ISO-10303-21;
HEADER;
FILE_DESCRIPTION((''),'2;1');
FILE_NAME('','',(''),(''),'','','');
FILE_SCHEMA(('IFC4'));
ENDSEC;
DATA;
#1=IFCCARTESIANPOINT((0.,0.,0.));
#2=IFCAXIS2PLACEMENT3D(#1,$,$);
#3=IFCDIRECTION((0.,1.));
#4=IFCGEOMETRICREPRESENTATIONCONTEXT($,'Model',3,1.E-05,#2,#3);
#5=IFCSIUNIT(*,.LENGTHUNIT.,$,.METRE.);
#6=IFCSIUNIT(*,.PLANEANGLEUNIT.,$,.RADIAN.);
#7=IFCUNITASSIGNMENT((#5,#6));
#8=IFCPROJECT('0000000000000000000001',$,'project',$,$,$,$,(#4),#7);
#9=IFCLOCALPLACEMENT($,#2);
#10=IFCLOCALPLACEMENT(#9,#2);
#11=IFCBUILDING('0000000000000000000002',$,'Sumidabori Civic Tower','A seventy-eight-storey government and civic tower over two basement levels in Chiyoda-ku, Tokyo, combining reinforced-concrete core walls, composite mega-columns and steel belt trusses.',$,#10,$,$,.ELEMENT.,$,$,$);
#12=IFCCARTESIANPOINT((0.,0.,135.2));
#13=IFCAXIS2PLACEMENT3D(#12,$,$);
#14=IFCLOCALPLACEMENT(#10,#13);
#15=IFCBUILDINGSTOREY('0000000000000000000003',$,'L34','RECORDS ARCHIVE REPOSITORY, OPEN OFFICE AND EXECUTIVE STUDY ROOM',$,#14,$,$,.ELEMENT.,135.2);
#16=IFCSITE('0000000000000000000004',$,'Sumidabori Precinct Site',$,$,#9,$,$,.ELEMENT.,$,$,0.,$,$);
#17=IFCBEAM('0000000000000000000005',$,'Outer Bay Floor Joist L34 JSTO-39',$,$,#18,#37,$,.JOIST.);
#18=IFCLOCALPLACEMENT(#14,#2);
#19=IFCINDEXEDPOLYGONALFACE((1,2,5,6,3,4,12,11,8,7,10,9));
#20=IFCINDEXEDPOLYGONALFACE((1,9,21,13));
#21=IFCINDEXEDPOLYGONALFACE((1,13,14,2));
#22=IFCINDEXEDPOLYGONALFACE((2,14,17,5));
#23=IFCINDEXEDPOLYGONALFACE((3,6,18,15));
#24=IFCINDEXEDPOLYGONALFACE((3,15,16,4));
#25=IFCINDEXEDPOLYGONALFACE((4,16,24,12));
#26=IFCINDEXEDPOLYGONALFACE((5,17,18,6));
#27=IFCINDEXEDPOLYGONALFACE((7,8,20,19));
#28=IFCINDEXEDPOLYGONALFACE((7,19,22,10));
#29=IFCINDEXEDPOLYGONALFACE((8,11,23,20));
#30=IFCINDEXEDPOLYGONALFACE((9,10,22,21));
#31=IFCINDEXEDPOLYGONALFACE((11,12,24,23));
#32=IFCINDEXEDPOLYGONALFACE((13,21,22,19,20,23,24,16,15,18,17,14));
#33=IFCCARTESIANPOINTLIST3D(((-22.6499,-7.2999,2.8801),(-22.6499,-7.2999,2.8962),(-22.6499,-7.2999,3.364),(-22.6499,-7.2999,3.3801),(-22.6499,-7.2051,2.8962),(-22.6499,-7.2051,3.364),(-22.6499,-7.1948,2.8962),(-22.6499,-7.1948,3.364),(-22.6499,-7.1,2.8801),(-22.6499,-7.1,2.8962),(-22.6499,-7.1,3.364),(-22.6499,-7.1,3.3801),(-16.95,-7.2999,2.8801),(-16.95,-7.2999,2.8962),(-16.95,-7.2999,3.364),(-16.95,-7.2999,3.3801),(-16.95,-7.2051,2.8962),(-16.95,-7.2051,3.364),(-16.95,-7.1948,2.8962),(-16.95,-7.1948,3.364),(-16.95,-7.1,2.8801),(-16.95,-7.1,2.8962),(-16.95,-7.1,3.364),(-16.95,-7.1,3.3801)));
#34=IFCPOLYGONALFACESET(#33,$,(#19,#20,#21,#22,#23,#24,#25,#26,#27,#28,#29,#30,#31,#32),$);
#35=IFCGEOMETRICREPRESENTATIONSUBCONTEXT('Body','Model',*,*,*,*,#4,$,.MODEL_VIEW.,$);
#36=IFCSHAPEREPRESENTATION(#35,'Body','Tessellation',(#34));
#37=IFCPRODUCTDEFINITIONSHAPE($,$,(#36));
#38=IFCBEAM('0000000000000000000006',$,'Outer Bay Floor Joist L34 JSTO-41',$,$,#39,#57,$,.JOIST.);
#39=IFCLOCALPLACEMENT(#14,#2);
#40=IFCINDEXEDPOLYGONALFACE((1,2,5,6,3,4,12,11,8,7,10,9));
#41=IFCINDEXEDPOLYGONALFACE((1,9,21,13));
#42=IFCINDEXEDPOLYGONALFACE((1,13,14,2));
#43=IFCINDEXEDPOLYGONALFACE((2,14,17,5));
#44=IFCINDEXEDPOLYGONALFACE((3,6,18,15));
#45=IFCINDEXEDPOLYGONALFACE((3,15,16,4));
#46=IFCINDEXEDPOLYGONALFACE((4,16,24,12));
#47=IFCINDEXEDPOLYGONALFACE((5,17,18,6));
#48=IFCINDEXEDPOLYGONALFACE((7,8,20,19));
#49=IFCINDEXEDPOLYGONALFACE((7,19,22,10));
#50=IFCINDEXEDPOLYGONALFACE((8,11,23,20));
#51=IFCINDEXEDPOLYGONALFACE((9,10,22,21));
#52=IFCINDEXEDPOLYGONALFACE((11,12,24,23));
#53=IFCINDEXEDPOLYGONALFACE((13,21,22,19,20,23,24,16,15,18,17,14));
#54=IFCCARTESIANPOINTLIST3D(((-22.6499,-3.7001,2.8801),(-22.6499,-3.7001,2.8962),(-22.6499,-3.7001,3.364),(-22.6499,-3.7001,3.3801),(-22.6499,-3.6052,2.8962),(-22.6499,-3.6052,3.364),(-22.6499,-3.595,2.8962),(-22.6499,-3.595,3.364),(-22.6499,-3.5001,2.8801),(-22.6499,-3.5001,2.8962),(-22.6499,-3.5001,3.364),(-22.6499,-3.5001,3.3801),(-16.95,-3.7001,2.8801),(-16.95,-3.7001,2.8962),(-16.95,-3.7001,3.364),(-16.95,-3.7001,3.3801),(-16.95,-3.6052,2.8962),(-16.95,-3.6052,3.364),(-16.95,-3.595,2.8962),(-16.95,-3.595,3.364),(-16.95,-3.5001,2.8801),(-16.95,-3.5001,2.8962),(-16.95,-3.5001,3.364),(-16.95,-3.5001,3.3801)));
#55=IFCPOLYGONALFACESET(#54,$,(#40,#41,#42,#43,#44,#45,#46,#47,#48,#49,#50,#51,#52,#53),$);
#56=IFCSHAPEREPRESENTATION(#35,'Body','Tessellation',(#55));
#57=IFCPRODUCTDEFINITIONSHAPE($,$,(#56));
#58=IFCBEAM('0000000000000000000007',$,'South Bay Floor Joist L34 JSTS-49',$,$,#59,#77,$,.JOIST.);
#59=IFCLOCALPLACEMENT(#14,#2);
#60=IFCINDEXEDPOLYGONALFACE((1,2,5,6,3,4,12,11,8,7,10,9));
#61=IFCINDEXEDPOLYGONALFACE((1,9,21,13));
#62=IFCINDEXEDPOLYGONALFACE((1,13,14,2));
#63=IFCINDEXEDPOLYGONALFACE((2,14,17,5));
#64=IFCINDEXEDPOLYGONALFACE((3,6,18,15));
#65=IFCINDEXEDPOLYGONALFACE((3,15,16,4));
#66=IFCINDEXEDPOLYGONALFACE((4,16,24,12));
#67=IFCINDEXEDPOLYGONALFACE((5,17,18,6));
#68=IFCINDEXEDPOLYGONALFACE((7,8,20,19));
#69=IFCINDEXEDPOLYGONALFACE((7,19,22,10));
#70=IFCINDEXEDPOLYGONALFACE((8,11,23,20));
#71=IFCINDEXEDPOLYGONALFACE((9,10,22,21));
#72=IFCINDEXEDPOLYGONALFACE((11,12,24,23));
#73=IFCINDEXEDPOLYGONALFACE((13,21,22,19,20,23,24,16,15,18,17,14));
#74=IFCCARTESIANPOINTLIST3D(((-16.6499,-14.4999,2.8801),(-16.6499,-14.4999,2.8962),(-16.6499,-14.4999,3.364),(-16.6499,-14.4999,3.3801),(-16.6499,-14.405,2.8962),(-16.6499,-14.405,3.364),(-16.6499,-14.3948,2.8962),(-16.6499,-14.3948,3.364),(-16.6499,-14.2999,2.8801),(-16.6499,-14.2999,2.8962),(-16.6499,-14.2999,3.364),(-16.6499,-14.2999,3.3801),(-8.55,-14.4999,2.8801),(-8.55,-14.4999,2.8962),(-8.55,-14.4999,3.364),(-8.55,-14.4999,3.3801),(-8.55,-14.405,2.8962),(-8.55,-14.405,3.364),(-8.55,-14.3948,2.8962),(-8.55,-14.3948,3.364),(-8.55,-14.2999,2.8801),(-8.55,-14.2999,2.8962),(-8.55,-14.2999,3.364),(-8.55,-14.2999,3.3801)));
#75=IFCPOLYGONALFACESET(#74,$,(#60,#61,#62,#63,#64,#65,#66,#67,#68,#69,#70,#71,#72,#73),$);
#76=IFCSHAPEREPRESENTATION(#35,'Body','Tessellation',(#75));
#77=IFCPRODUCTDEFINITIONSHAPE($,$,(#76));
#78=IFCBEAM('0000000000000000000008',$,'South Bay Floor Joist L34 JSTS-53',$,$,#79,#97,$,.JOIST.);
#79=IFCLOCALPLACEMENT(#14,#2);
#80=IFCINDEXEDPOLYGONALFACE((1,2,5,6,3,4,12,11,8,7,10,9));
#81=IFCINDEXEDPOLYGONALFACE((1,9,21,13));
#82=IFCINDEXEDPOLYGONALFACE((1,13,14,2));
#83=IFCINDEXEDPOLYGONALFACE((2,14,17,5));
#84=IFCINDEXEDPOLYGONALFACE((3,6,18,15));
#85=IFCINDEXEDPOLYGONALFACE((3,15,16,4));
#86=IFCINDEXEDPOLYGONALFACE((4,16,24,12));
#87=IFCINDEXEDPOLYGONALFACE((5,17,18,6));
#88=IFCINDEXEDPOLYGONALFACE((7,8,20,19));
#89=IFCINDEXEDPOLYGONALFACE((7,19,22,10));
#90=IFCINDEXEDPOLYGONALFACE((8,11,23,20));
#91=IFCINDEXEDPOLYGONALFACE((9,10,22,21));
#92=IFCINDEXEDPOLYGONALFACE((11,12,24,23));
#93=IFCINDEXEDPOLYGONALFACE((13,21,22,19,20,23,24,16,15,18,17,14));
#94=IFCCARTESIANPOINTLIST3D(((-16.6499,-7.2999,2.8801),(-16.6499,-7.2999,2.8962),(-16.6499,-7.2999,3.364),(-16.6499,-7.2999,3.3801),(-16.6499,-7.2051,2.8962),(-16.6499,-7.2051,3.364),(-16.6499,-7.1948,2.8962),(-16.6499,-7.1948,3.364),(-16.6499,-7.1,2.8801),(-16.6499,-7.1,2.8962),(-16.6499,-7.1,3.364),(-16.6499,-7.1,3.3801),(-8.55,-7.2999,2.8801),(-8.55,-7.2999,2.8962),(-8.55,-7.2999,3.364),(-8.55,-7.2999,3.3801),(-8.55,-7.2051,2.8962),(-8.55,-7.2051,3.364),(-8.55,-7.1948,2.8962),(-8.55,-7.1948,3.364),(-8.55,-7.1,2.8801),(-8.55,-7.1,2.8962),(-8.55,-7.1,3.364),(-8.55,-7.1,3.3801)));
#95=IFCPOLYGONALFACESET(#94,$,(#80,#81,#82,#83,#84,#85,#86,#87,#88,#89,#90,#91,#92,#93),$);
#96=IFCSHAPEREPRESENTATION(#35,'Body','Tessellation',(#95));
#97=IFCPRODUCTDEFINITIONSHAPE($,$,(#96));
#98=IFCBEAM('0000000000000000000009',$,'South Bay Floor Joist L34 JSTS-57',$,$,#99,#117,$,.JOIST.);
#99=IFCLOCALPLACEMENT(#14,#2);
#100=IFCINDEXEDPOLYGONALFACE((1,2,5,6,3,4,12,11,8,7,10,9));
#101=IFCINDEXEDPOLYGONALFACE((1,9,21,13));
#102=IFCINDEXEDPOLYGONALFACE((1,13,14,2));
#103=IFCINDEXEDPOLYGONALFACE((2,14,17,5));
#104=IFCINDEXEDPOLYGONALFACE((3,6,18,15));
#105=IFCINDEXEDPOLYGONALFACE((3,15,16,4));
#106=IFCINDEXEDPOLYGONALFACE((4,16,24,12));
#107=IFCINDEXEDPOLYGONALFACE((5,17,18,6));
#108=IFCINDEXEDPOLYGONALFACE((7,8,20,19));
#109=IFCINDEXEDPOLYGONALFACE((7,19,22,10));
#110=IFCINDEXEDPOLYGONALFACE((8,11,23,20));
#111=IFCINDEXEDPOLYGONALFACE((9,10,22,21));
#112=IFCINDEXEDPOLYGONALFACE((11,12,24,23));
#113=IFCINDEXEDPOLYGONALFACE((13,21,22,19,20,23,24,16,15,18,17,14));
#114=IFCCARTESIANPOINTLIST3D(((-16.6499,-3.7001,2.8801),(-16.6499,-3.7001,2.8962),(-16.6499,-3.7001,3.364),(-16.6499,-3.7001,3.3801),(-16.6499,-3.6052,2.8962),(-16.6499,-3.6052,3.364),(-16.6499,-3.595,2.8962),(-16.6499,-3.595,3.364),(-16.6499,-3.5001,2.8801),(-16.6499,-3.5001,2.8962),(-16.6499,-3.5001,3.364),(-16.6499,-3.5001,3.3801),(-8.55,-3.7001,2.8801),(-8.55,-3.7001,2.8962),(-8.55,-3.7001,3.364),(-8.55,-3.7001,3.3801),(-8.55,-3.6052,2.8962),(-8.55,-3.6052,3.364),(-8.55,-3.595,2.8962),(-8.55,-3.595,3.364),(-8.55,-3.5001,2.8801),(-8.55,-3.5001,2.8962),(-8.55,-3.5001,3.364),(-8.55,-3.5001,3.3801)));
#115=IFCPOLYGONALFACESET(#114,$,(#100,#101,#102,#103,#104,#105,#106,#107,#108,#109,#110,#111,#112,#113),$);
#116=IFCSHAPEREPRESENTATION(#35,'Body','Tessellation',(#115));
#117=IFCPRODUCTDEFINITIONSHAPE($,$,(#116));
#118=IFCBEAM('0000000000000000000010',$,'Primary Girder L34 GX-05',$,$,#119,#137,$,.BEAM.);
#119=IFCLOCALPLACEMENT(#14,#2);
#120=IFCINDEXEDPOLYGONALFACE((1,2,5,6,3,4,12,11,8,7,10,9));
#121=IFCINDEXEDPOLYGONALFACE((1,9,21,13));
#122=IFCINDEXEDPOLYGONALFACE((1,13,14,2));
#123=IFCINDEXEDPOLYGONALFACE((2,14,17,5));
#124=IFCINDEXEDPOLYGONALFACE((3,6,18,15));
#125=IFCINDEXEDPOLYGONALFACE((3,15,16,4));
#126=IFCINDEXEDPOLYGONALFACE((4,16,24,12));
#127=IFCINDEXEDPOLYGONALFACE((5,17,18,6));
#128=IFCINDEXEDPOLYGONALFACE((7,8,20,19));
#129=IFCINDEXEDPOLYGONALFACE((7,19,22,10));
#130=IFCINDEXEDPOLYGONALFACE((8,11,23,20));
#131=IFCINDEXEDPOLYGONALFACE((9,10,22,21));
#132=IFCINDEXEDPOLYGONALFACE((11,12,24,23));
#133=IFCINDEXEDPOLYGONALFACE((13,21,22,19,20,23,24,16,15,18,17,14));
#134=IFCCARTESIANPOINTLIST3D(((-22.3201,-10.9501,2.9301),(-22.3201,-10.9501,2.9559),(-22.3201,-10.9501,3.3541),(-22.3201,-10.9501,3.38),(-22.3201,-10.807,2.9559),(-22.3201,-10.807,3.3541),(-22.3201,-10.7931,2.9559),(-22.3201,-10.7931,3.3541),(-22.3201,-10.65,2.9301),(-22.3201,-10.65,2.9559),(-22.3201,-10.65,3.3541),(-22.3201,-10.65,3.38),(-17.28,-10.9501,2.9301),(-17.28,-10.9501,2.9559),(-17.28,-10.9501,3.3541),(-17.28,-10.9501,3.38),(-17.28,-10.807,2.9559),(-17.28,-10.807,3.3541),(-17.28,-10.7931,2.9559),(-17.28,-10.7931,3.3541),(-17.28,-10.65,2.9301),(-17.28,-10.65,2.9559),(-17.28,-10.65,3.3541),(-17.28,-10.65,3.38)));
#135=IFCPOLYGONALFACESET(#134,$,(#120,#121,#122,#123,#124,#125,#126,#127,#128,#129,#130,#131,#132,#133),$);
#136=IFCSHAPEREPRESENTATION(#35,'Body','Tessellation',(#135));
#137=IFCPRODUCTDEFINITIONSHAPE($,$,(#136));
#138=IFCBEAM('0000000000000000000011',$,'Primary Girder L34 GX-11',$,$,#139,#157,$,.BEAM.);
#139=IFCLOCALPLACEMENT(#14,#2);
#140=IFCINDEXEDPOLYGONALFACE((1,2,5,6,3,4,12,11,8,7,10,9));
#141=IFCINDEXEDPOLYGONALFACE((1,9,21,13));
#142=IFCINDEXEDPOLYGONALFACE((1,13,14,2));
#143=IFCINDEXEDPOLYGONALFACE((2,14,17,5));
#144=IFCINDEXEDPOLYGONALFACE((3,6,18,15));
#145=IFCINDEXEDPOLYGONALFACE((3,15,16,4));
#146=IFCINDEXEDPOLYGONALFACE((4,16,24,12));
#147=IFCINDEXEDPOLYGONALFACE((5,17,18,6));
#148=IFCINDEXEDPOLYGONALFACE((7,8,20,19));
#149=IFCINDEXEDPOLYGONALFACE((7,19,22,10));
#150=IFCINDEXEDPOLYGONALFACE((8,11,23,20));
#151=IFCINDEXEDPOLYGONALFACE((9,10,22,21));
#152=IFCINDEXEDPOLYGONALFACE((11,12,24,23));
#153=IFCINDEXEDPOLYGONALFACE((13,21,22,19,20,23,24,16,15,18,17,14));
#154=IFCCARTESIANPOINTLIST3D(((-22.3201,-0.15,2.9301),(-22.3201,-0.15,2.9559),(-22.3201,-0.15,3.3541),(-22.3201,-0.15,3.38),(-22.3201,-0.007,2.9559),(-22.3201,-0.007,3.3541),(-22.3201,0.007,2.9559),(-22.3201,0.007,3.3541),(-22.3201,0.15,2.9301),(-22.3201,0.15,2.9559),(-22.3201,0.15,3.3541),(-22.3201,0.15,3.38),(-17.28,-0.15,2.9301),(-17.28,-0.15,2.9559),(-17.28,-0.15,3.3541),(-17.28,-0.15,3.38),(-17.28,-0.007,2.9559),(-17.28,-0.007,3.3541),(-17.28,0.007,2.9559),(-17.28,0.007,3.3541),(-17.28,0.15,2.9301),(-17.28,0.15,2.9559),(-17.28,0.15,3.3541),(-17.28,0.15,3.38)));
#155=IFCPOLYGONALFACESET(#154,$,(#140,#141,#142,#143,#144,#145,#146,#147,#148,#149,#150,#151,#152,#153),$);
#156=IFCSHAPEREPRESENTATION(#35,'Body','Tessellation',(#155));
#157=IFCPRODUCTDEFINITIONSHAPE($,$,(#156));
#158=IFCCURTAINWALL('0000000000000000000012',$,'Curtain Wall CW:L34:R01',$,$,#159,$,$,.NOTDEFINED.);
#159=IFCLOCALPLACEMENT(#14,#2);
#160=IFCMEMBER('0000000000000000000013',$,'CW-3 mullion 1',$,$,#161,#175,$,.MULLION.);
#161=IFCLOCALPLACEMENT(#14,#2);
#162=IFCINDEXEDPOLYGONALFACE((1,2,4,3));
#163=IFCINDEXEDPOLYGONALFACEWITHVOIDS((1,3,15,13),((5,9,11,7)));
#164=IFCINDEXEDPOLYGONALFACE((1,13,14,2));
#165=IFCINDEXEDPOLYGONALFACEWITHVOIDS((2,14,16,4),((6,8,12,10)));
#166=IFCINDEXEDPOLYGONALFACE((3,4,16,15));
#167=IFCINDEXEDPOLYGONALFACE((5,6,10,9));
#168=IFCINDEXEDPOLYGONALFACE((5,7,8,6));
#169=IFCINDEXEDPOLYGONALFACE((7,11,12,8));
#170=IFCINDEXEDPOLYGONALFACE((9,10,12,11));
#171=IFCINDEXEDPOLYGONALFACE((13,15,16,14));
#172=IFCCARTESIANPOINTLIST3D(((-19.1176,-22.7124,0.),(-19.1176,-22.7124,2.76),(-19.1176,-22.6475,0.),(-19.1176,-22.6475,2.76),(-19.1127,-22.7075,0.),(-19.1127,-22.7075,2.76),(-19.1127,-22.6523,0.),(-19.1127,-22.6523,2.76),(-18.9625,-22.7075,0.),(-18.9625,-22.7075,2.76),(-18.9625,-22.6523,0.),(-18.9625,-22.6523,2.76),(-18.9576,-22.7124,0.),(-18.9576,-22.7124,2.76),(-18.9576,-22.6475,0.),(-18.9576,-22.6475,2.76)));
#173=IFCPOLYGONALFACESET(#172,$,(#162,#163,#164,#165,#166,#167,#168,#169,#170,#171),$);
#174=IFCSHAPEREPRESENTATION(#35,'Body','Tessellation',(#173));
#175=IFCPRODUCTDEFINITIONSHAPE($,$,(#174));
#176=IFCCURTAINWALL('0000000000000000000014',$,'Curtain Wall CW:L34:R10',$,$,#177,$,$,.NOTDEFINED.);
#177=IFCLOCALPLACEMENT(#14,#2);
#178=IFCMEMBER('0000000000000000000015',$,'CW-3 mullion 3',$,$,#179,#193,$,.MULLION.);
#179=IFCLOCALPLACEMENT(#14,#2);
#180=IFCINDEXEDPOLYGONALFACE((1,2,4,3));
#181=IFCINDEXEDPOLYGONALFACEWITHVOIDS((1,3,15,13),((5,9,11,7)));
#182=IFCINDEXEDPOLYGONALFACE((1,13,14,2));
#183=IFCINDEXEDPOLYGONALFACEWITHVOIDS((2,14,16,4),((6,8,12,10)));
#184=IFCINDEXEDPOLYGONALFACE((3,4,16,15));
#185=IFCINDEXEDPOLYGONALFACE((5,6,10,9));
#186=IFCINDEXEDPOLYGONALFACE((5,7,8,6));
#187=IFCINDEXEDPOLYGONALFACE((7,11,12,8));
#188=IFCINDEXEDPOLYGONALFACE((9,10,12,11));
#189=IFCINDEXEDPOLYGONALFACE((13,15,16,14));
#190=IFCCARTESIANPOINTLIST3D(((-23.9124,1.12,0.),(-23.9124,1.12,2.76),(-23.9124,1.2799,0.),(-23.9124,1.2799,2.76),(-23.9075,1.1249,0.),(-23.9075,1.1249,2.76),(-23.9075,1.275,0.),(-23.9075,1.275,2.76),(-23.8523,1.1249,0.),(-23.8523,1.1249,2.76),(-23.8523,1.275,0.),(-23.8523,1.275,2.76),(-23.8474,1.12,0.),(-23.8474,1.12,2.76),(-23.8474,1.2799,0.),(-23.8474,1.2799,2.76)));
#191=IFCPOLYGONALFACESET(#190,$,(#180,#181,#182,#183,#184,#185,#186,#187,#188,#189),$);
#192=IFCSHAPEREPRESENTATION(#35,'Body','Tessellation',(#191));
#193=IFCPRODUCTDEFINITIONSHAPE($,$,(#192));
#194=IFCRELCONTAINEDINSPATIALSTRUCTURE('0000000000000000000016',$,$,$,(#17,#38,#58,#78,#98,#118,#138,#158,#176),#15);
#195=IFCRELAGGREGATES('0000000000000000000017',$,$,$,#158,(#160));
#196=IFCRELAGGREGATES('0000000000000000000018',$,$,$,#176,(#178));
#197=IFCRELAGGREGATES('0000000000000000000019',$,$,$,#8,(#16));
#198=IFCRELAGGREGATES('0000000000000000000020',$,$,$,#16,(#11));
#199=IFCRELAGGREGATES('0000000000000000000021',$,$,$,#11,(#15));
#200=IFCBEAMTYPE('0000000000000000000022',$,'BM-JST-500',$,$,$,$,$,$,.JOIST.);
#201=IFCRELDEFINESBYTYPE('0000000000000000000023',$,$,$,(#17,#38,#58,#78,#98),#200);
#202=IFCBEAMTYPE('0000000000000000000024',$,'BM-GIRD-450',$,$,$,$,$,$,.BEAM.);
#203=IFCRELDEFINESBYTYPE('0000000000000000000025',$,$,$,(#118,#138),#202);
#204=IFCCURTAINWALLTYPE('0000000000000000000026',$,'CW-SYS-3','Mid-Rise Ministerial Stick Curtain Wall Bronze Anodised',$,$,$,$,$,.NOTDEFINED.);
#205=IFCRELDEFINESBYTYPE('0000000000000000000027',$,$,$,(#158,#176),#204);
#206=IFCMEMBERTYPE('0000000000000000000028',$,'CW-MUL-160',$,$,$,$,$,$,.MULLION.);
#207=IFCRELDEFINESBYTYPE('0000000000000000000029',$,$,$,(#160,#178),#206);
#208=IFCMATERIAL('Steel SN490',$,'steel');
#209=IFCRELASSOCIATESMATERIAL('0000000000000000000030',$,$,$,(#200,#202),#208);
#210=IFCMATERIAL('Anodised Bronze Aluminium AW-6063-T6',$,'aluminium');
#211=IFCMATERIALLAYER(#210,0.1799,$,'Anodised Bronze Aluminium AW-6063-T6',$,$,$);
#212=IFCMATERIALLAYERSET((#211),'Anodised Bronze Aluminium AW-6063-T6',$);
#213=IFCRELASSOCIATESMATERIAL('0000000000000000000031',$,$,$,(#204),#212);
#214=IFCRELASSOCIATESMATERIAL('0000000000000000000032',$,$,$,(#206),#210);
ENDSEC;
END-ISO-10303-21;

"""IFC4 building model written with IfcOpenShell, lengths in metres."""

from ifc_helpers import new_model, si_unit, direction, frame, origin, origin_2d, place, context, subcontext, project, spatial, hollow_rectangle, i_section, extrude, source, transform, mapped, material, layer, layer_set, material_profile, profile_set, type_object, element, aggregate, save


model = new_model("IFC4")

# Units and contexts
model_context = context("Model", 3, precision=1e-05, world=origin(), true_north=direction((0.0, 1.0)))
body_context = subcontext(model_context, "Body", "Model", "MODEL_VIEW")
ifc_project = project(units=[si_unit("LENGTHUNIT", "METRE"), si_unit("PLANEANGLEUNIT", "RADIAN")], contexts=[model_context])

# Site, building, storey
site_placement = place(None, origin())
site = spatial("IfcSite", under=ifc_project, at=site_placement, Name="Sumidabori Precinct Site", CompositionType="ELEMENT", RefElevation=0.0)
building_placement = place(site_placement, origin())
building = spatial("IfcBuilding", under=site, at=building_placement, Name="Sumidabori Civic Tower", Description="A seventy-eight-storey government and civic tower over two basement levels in Chiyoda-ku, Tokyo, combining reinforced-concrete core walls, composite mega-columns and steel belt trusses.", CompositionType="ELEMENT")
storey_placement = place(building_placement, frame((0.0, 0.0, 135.2)))
storey = spatial("IfcBuildingStorey", under=building, at=storey_placement, Name="L34", Description="RECORDS ARCHIVE REPOSITORY, OPEN OFFICE AND EXECUTIVE STUDY ROOM", CompositionType="ELEMENT", Elevation=135.2)

# Beams
ifc_material_1 = material(Name="Steel SN490", Category="steel")
ifc_material_profile_1 = material_profile(ifc_material_1, i_section(OverallWidth=0.2, OverallDepth=0.5, WebThickness=0.0103, FlangeThickness=0.0161, at=origin_2d()), Name="IPE 500")
ifc_profile_set_1 = profile_set([ifc_material_profile_1], Name="Steel SN490")
beam_type_1 = type_object("IfcBeamType", Name="BM-JST-500", PredefinedType="JOIST", material=ifc_profile_set_1)
shared_shape_1 = source(origin(), body_context, "Body", "SweptSolid", [
    extrude(i_section(OverallWidth=0.2, OverallDepth=0.5, WebThickness=0.0103, FlangeThickness=0.0161, at=origin_2d()), origin(), (0.0, 0.0, 1.0), 5.7),
])
for number, where, z_axis, x_axis, name in (
    (1, (-22.6499, -7.2, 3.1301), (1.0, 0.0, 0.0), (0.0, 1.0, 0.0), "Outer Bay Floor Joist L34 JSTO-39"),
    (2, (-22.6499, -3.6001, 3.1301), (1.0, 0.0, 0.0), (0.0, 1.0, 0.0), "Outer Bay Floor Joist L34 JSTO-41"),
):
    element("IfcBeam", number, at=place(storey_placement, frame(where, z_axis=z_axis, x_axis=x_axis)), inside=storey, type_object=beam_type_1, Name=name, PredefinedType="JOIST", context=body_context, shape_type="MappedRepresentation", body=[
        mapped(shared_shape_1, transform((0.0, 0.0, 0.0), x_axis=(1.0, 0.0, 0.0), y_axis=(0.0, 1.0, 0.0), z_axis=(0.0, 0.0, 1.0), scale=1.0)),
    ])
shared_shape_2 = source(origin(), body_context, "Body", "SweptSolid", [
    extrude(i_section(OverallWidth=0.2, OverallDepth=0.5, WebThickness=0.0103, FlangeThickness=0.0161, at=origin_2d()), origin(), (0.0, 0.0, 1.0), 8.0999),
])
for number, where, z_axis, x_axis, name in (
    (3, (-16.6499, -14.3999, 3.1301), (1.0, 0.0, 0.0), (0.0, 1.0, 0.0), "South Bay Floor Joist L34 JSTS-49"),
    (4, (-16.6499, -7.2, 3.1301), (1.0, 0.0, 0.0), (0.0, 1.0, 0.0), "South Bay Floor Joist L34 JSTS-53"),
    (5, (-16.6499, -3.6001, 3.1301), (1.0, 0.0, 0.0), (0.0, 1.0, 0.0), "South Bay Floor Joist L34 JSTS-57"),
):
    element("IfcBeam", number, at=place(storey_placement, frame(where, z_axis=z_axis, x_axis=x_axis)), inside=storey, type_object=beam_type_1, Name=name, PredefinedType="JOIST", context=body_context, shape_type="MappedRepresentation", body=[
        mapped(shared_shape_2, transform((0.0, 0.0, 0.0), x_axis=(1.0, 0.0, 0.0), y_axis=(0.0, 1.0, 0.0), z_axis=(0.0, 0.0, 1.0), scale=1.0)),
    ])
ifc_material_profile_2 = material_profile(ifc_material_1, i_section(OverallWidth=0.3, OverallDepth=0.45, WebThickness=0.0139, FlangeThickness=0.0259, at=origin_2d()), Name="HE 450 B")
ifc_profile_set_2 = profile_set([ifc_material_profile_2], Name="Steel SN490")
beam_type_2 = type_object("IfcBeamType", Name="BM-GIRD-450", PredefinedType="BEAM", material=ifc_profile_set_2)
shared_shape_3 = source(origin(), body_context, "Body", "SweptSolid", [
    extrude(i_section(OverallWidth=0.3, OverallDepth=0.45, WebThickness=0.0139, FlangeThickness=0.0259, at=origin_2d()), origin(), (0.0, 0.0, 1.0), 5.04),
])
for number, where, z_axis, x_axis, name in (
    (6, (-22.3201, -10.8, 3.155), (1.0, 0.0, 0.0), (0.0, 1.0, 0.0), "Primary Girder L34 GX-05"),
    (7, (-22.3201, 0.0, 3.155), (1.0, 0.0, 0.0), (0.0, 1.0, 0.0), "Primary Girder L34 GX-11"),
):
    element("IfcBeam", number, at=place(storey_placement, frame(where, z_axis=z_axis, x_axis=x_axis)), inside=storey, type_object=beam_type_2, Name=name, PredefinedType="BEAM", context=body_context, shape_type="MappedRepresentation", body=[
        mapped(shared_shape_3, transform((0.0, 0.0, 0.0), x_axis=(1.0, 0.0, 0.0), y_axis=(0.0, 1.0, 0.0), z_axis=(0.0, 0.0, 1.0), scale=1.0)),
    ])

# Curtain wall, member
ifc_material_2 = material(Name="Anodised Bronze Aluminium AW-6063-T6", Category="aluminium")
ifc_layer_1 = layer(ifc_material_2, 0.1799, Name="Anodised Bronze Aluminium AW-6063-T6")
ifc_layer_set_1 = layer_set([ifc_layer_1], Name="Anodised Bronze Aluminium AW-6063-T6")
curtain_wall_type = type_object("IfcCurtainWallType", Name="CW-SYS-3", Description="Mid-Rise Ministerial Stick Curtain Wall Bronze Anodised", PredefinedType="NOTDEFINED", material=ifc_layer_set_1)
curtain_wall_1_placement = place(storey_placement, origin())
curtain_wall_1 = element("IfcCurtainWall", 8, at=curtain_wall_1_placement, inside=storey, type_object=curtain_wall_type, Name="Curtain Wall CW:L34:R01", PredefinedType="NOTDEFINED")
ifc_material_profile_3 = material_profile(ifc_material_2, hollow_rectangle(XDim=0.0649, YDim=0.1599, WallThickness=0.0049, at=origin_2d()), Name="ALU MULLION 160x65")
ifc_profile_set_3 = profile_set([ifc_material_profile_3], Name="Anodised Bronze Aluminium AW-6063-T6")
member_type_1 = type_object("IfcMemberType", Name="CW-MUL-160", PredefinedType="MULLION", material=ifc_profile_set_3)
shared_shape_4 = source(origin(), body_context, "Body", "SweptSolid", [
    extrude(hollow_rectangle(XDim=0.0649, YDim=0.1599, WallThickness=0.0049, at=origin_2d()), origin(), (0.0, 0.0, 1.0), 2.76),
])
member_1_placement = place(storey_placement, frame((-19.0376, -22.6799, 0.0), z_axis=(0.0, 0.0, 1.0), x_axis=(0.0, 1.0, 0.0)))
member_1 = element("IfcMember", 9, at=member_1_placement, type_object=member_type_1, Name="CW-3 mullion 1", PredefinedType="MULLION", context=body_context, shape_type="MappedRepresentation", body=[
    mapped(shared_shape_4, transform((0.0, 0.0, 0.0), x_axis=(1.0, 0.0, 0.0), y_axis=(0.0, 1.0, 0.0), z_axis=(0.0, 0.0, 1.0), scale=1.0)),
])

# Curtain wall, member
curtain_wall_2_placement = place(storey_placement, origin())
curtain_wall_2 = element("IfcCurtainWall", 10, at=curtain_wall_2_placement, inside=storey, type_object=curtain_wall_type, Name="Curtain Wall CW:L34:R10", PredefinedType="NOTDEFINED")
member_2_placement = place(storey_placement, frame((-23.8799, 1.2, 0.0), z_axis=(0.0, 0.0, 1.0), x_axis=(1.0, 0.0, 0.0)))
member_2 = element("IfcMember", 11, at=member_2_placement, type_object=member_type_1, Name="CW-3 mullion 3", PredefinedType="MULLION", context=body_context, shape_type="MappedRepresentation", body=[
    mapped(shared_shape_4, transform((0.0, 0.0, 0.0), x_axis=(1.0, 0.0, 0.0), y_axis=(0.0, 1.0, 0.0), z_axis=(0.0, 0.0, 1.0), scale=1.0)),
])

aggregate(curtain_wall_1, [member_1])

aggregate(curtain_wall_2, [member_2])

save(model, "model.ifc")
